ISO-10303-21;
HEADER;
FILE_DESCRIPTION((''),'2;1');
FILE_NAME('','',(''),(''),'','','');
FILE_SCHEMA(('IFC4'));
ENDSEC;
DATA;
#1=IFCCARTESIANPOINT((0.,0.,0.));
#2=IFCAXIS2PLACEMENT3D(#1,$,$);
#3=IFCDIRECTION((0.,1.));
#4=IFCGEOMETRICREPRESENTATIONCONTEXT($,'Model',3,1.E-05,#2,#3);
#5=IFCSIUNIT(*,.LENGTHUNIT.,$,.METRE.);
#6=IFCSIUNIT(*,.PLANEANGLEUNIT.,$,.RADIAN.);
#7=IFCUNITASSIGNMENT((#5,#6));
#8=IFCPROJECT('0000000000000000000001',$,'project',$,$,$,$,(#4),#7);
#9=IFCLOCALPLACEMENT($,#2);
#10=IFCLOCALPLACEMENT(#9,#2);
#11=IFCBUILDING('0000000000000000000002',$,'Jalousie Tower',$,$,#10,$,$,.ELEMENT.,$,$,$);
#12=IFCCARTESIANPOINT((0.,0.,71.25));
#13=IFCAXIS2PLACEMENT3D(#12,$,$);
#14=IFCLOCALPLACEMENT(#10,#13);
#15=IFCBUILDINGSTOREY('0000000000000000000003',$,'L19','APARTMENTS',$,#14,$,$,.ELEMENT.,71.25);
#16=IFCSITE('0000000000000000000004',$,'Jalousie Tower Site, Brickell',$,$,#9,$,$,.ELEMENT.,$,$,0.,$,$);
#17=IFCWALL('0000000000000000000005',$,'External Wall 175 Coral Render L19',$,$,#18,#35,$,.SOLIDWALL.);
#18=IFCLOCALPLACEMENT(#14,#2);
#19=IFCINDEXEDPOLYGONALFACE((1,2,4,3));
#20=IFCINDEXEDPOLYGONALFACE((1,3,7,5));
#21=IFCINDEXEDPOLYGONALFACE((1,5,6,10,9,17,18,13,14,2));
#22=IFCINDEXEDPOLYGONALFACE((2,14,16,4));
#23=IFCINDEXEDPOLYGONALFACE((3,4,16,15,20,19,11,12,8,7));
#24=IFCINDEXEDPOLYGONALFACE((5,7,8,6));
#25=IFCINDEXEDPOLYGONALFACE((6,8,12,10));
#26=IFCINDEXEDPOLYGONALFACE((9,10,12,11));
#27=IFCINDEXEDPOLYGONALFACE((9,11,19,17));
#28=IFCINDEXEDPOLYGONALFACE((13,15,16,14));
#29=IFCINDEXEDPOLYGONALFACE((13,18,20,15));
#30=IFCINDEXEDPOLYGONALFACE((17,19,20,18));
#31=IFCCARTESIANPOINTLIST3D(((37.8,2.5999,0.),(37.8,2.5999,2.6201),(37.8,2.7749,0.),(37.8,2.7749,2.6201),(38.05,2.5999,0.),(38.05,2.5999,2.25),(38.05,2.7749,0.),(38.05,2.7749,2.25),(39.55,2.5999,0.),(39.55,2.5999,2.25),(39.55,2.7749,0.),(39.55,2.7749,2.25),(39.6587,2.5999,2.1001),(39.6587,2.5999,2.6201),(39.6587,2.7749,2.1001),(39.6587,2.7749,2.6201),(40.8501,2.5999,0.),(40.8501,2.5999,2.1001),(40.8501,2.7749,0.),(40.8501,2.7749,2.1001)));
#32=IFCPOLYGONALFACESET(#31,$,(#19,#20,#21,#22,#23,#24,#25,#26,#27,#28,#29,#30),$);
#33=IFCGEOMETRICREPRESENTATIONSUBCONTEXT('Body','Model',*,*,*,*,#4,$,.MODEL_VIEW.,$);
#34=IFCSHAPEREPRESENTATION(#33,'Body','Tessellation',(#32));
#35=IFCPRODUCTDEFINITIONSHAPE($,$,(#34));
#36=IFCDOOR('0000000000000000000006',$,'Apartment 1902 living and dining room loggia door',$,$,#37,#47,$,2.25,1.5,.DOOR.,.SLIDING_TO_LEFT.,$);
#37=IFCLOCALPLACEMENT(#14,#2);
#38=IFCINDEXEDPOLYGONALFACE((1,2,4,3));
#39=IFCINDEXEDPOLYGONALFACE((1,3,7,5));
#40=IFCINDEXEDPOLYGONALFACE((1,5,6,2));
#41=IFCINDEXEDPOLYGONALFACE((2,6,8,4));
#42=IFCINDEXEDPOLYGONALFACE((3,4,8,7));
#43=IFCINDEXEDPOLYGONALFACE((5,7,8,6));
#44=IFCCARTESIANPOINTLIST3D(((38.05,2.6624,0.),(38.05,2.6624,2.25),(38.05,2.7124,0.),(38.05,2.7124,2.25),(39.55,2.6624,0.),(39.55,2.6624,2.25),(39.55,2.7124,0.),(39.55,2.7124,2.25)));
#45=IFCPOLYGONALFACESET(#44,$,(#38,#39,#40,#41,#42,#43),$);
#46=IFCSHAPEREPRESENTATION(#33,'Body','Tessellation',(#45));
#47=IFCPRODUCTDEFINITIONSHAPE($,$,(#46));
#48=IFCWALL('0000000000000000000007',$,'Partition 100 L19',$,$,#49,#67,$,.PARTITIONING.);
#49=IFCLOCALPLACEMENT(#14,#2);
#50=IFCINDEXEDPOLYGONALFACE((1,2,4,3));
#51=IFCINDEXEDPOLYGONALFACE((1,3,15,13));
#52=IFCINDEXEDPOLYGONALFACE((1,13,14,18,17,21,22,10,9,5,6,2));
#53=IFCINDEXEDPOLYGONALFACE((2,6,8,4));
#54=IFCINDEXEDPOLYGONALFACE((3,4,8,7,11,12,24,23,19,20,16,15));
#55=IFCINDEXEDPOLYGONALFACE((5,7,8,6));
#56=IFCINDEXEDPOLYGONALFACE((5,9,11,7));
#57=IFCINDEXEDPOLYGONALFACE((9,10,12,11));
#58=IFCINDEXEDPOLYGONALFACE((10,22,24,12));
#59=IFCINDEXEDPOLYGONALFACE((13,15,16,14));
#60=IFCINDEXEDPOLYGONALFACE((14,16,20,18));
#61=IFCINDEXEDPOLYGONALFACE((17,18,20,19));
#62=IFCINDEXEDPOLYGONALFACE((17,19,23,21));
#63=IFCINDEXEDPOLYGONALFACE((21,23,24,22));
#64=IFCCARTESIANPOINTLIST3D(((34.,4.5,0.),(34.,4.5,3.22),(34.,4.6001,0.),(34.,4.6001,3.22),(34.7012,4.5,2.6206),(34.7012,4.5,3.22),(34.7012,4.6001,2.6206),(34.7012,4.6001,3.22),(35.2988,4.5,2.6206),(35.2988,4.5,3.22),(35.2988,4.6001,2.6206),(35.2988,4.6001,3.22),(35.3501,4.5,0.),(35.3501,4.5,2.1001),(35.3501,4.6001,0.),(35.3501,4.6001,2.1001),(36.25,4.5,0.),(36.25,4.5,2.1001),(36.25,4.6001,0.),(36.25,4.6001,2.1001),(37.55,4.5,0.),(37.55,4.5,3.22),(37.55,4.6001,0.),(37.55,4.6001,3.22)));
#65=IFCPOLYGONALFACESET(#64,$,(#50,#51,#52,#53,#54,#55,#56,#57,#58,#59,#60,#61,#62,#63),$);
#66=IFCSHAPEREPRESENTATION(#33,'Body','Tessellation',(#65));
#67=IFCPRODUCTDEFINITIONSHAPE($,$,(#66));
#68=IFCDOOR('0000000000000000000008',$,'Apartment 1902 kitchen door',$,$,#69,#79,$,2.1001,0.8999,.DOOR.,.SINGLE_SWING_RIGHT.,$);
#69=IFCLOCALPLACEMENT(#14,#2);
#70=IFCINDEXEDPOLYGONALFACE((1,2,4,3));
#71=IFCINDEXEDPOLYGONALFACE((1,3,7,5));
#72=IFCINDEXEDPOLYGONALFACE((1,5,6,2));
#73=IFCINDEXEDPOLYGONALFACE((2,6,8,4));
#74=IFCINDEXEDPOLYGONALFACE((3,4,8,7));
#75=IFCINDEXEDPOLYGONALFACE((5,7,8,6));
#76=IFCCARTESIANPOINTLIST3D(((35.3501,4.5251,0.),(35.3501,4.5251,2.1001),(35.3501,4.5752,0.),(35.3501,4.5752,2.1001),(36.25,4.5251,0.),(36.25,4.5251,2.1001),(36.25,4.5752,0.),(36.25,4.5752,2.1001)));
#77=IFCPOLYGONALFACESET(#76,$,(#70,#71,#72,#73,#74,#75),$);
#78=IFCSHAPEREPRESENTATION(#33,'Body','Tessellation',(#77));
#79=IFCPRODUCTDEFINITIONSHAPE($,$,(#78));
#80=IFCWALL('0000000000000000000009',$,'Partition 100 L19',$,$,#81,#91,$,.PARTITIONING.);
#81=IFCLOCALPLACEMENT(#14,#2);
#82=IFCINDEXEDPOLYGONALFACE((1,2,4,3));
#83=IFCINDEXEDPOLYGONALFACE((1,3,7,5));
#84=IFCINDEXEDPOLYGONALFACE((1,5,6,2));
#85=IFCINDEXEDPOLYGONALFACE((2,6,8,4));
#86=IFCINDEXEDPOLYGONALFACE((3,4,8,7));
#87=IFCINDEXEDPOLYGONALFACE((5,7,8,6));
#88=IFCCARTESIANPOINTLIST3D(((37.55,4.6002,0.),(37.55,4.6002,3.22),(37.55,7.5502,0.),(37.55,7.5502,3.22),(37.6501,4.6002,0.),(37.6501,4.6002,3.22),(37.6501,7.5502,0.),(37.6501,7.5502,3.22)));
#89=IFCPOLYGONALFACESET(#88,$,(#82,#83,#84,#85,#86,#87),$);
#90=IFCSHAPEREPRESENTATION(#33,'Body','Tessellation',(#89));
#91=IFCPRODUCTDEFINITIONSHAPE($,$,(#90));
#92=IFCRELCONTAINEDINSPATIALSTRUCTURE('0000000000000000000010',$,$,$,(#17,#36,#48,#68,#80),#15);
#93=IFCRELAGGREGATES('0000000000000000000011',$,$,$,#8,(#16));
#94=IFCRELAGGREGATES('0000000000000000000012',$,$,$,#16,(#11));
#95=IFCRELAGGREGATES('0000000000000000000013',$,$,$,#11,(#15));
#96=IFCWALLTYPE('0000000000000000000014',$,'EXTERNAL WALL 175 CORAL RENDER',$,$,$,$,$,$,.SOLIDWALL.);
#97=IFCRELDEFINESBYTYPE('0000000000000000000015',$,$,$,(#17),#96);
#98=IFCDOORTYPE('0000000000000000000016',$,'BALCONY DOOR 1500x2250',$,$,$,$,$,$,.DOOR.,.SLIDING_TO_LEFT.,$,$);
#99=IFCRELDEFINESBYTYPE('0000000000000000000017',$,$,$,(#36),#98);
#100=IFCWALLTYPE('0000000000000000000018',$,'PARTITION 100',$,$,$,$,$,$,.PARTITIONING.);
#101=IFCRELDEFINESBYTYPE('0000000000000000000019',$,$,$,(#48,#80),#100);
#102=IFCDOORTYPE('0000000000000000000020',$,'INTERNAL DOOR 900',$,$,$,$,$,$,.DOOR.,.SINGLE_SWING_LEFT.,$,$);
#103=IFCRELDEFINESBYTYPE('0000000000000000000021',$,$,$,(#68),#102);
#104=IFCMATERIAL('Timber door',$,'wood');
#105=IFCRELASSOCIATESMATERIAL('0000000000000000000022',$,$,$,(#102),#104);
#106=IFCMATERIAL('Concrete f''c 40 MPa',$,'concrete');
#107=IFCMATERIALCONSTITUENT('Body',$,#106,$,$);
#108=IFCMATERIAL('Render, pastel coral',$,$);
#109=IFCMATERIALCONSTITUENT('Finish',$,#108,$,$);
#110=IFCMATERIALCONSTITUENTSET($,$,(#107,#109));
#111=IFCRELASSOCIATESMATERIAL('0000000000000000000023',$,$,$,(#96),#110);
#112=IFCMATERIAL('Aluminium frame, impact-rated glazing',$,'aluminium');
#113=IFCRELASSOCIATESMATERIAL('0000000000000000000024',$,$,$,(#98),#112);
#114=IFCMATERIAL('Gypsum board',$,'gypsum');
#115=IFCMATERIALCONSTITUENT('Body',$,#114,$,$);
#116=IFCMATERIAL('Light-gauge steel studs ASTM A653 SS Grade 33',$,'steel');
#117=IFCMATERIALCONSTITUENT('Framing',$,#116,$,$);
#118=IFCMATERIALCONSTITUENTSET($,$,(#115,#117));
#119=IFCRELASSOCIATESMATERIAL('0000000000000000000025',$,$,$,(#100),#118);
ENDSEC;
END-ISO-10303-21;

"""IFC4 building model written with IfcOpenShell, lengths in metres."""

from ifc_helpers import new_model, si_unit, direction, frame, frame_2d, origin, place, context, subcontext, project, spatial, polyline, rectangle, outline, extrude, material, constituent, constituent_set, type_object, element, fill, save


model = new_model("IFC4")

# Units and contexts
model_context = context("Model", 3, precision=1e-05, world=origin(), true_north=direction((0.0, 1.0)))
body_context = subcontext(model_context, "Body", "Model", "MODEL_VIEW")
ifc_project = project(units=[si_unit("LENGTHUNIT", "METRE"), si_unit("PLANEANGLEUNIT", "RADIAN")], contexts=[model_context])

# Site, building, storey
site_placement = place(None, origin())
site = spatial("IfcSite", under=ifc_project, at=site_placement, Name="Jalousie Tower Site, Brickell", CompositionType="ELEMENT", RefElevation=0.0)
building_placement = place(site_placement, origin())
building = spatial("IfcBuilding", under=site, at=building_placement, Name="Jalousie Tower", CompositionType="ELEMENT")
storey_placement = place(building_placement, frame((0.0, 0.0, 71.25)))
storey = spatial("IfcBuildingStorey", under=building, at=storey_placement, Name="L19", Description="APARTMENTS", CompositionType="ELEMENT", Elevation=71.25)

# Shared definitions
ifc_material_1 = material(Name="Timber door", Category="wood")
door_type_1 = type_object("IfcDoorType", Name="INTERNAL DOOR 900", OperationType="SINGLE_SWING_LEFT", PredefinedType="DOOR", material=ifc_material_1)

# Walls, openings, doors
ifc_material_2 = material(Name="Concrete f'c 40 MPa", Category="concrete")
ifc_constituent_1 = constituent(ifc_material_2, Name="Body")
ifc_material_3 = material(Name="Render, pastel coral")
ifc_constituent_2 = constituent(ifc_material_3, Name="Finish")
ifc_constituent_set_1 = constituent_set(constituents=[ifc_constituent_1, ifc_constituent_2])
wall_type_1 = type_object("IfcWallType", Name="EXTERNAL WALL 175 CORAL RENDER", PredefinedType="SOLIDWALL", material=ifc_constituent_set_1)
wall_1_placement = place(storey_placement, frame((37.8, 2.6875, 0.0), z_axis=(0.0, 0.0, 1.0), x_axis=(1.0, 0.0, 0.0)))
wall_1 = element("IfcWall", 1, at=wall_1_placement, inside=storey, type_object=wall_type_1, Name="External Wall 175 Coral Render L19", PredefinedType="SOLIDWALL", context=body_context, shape_type="SweptSolid", body=[
    extrude(outline(polyline([(0.0, 0.0), (3.05, 0.0), (3.05, 2.1001), (1.8586, 2.1001), (1.8586, 2.6201), (0.0, 2.6201), (0.0, 0.0)])), frame((0.0, 0.0874, 0.0), z_axis=(0.0, -1.0, 0.0), x_axis=(1.0, 0.0, 0.0)), (0.0, 0.0, 1.0), 0.175),
])
opening_1_placement = place(wall_1_placement, frame((0.25, 0.0, 0.0)))
opening_1 = element("IfcOpeningElement", 2, at=opening_1_placement, cuts=wall_1, PredefinedType="OPENING", context=body_context, shape_type="SweptSolid", body=[
    extrude(rectangle(XDim=1.5, YDim=2.25, at=frame_2d((0.75, 1.125))), frame((0.0, 0.0974, 0.0), z_axis=(0.0, -1.0, 0.0), x_axis=(1.0, 0.0, 0.0)), (0.0, 0.0, 1.0), 0.1951),
])
ifc_material_4 = material(Name="Aluminium frame, impact-rated glazing", Category="aluminium")
door_type_2 = type_object("IfcDoorType", Name="BALCONY DOOR 1500x2250", OperationType="SLIDING_TO_LEFT", PredefinedType="DOOR", material=ifc_material_4)
door_1_placement = place(opening_1_placement, origin())
door_1 = element("IfcDoor", 3, at=door_1_placement, inside=storey, type_object=door_type_2, Name="Apartment 1902 living and dining room loggia door", OperationType="SLIDING_TO_LEFT", OverallHeight=2.25, OverallWidth=1.5, PredefinedType="DOOR", context=body_context, shape_type="SweptSolid", body=[
    extrude(rectangle(XDim=1.5, YDim=2.25, at=frame_2d((0.75, 1.125))), frame((0.0, 0.0249, 0.0), z_axis=(0.0, -1.0, 0.0), x_axis=(1.0, 0.0, 0.0)), (0.0, 0.0, 1.0), 0.05),
])
fill(opening_1, door_1)
ifc_material_5 = material(Name="Gypsum board", Category="gypsum")
ifc_constituent_3 = constituent(ifc_material_5, Name="Body")
ifc_material_6 = material(Name="Light-gauge steel studs ASTM A653 SS Grade 33", Category="steel")
ifc_constituent_4 = constituent(ifc_material_6, Name="Framing")
ifc_constituent_set_2 = constituent_set(constituents=[ifc_constituent_3, ifc_constituent_4])
wall_type_2 = type_object("IfcWallType", Name="PARTITION 100", PredefinedType="PARTITIONING", material=ifc_constituent_set_2)
wall_2_placement = place(storey_placement, frame((34.0, 4.55, 0.0), z_axis=(0.0, 0.0, 1.0), x_axis=(1.0, 0.0, 0.0)))
wall_2 = element("IfcWall", 4, at=wall_2_placement, inside=storey, type_object=wall_type_2, Name="Partition 100 L19", PredefinedType="PARTITIONING", context=body_context, shape_type="SweptSolid", body=[
    extrude(outline(polyline([(0.0, 0.0), (3.55, 0.0), (3.55, 3.22), (1.2988, 3.22), (1.2988, 2.6206), (0.7012, 2.6206), (0.7012, 3.22), (0.0, 3.22), (0.0, 0.0)])), frame((0.0, 0.05, 0.0), z_axis=(0.0, -1.0, 0.0), x_axis=(1.0, 0.0, 0.0)), (0.0, 0.0, 1.0), 0.1001),
])
opening_2_placement = place(wall_2_placement, frame((1.3501, 0.0, 0.0)))
opening_2 = element("IfcOpeningElement", 5, at=opening_2_placement, cuts=wall_2, PredefinedType="OPENING", context=body_context, shape_type="SweptSolid", body=[
    extrude(rectangle(XDim=0.8999, YDim=2.1001, at=frame_2d((0.45, 1.05))), frame((0.0, 0.0601, 0.0), z_axis=(0.0, -1.0, 0.0), x_axis=(1.0, 0.0, 0.0)), (0.0, 0.0, 1.0), 0.1201),
])
door_2_placement = place(opening_2_placement, frame((0.8999, 0.0, 0.0), z_axis=(0.0, 0.0, 1.0), x_axis=(-1.0, 0.0, 0.0)))
door_2 = element("IfcDoor", 6, at=door_2_placement, inside=storey, type_object=door_type_1, Name="Apartment 1902 kitchen door", OperationType="SINGLE_SWING_RIGHT", OverallHeight=2.1001, OverallWidth=0.8999, PredefinedType="DOOR", context=body_context, shape_type="SweptSolid", body=[
    extrude(rectangle(XDim=0.8999, YDim=2.1001, at=frame_2d((0.45, 1.05))), frame((0.0, 0.0249, 0.0), z_axis=(0.0, -1.0, 0.0), x_axis=(1.0, 0.0, 0.0)), (0.0, 0.0, 1.0), 0.05),
])
fill(opening_2, door_2)

# Wall
wall_3_placement = place(storey_placement, frame((37.6001, 4.6001, 0.0), z_axis=(0.0, 0.0, 1.0), x_axis=(0.0, 1.0, 0.0)))
element("IfcWall", 7, at=wall_3_placement, inside=storey, type_object=wall_type_2, Name="Partition 100 L19", PredefinedType="PARTITIONING", context=body_context, shape_type="SweptSolid", body=[
    extrude(rectangle(XDim=2.95, YDim=0.1001, at=frame_2d((1.4751, 0.0))), origin(), (0.0, 0.0, 1.0), 3.22),
])

save(model, "model.ifc")
